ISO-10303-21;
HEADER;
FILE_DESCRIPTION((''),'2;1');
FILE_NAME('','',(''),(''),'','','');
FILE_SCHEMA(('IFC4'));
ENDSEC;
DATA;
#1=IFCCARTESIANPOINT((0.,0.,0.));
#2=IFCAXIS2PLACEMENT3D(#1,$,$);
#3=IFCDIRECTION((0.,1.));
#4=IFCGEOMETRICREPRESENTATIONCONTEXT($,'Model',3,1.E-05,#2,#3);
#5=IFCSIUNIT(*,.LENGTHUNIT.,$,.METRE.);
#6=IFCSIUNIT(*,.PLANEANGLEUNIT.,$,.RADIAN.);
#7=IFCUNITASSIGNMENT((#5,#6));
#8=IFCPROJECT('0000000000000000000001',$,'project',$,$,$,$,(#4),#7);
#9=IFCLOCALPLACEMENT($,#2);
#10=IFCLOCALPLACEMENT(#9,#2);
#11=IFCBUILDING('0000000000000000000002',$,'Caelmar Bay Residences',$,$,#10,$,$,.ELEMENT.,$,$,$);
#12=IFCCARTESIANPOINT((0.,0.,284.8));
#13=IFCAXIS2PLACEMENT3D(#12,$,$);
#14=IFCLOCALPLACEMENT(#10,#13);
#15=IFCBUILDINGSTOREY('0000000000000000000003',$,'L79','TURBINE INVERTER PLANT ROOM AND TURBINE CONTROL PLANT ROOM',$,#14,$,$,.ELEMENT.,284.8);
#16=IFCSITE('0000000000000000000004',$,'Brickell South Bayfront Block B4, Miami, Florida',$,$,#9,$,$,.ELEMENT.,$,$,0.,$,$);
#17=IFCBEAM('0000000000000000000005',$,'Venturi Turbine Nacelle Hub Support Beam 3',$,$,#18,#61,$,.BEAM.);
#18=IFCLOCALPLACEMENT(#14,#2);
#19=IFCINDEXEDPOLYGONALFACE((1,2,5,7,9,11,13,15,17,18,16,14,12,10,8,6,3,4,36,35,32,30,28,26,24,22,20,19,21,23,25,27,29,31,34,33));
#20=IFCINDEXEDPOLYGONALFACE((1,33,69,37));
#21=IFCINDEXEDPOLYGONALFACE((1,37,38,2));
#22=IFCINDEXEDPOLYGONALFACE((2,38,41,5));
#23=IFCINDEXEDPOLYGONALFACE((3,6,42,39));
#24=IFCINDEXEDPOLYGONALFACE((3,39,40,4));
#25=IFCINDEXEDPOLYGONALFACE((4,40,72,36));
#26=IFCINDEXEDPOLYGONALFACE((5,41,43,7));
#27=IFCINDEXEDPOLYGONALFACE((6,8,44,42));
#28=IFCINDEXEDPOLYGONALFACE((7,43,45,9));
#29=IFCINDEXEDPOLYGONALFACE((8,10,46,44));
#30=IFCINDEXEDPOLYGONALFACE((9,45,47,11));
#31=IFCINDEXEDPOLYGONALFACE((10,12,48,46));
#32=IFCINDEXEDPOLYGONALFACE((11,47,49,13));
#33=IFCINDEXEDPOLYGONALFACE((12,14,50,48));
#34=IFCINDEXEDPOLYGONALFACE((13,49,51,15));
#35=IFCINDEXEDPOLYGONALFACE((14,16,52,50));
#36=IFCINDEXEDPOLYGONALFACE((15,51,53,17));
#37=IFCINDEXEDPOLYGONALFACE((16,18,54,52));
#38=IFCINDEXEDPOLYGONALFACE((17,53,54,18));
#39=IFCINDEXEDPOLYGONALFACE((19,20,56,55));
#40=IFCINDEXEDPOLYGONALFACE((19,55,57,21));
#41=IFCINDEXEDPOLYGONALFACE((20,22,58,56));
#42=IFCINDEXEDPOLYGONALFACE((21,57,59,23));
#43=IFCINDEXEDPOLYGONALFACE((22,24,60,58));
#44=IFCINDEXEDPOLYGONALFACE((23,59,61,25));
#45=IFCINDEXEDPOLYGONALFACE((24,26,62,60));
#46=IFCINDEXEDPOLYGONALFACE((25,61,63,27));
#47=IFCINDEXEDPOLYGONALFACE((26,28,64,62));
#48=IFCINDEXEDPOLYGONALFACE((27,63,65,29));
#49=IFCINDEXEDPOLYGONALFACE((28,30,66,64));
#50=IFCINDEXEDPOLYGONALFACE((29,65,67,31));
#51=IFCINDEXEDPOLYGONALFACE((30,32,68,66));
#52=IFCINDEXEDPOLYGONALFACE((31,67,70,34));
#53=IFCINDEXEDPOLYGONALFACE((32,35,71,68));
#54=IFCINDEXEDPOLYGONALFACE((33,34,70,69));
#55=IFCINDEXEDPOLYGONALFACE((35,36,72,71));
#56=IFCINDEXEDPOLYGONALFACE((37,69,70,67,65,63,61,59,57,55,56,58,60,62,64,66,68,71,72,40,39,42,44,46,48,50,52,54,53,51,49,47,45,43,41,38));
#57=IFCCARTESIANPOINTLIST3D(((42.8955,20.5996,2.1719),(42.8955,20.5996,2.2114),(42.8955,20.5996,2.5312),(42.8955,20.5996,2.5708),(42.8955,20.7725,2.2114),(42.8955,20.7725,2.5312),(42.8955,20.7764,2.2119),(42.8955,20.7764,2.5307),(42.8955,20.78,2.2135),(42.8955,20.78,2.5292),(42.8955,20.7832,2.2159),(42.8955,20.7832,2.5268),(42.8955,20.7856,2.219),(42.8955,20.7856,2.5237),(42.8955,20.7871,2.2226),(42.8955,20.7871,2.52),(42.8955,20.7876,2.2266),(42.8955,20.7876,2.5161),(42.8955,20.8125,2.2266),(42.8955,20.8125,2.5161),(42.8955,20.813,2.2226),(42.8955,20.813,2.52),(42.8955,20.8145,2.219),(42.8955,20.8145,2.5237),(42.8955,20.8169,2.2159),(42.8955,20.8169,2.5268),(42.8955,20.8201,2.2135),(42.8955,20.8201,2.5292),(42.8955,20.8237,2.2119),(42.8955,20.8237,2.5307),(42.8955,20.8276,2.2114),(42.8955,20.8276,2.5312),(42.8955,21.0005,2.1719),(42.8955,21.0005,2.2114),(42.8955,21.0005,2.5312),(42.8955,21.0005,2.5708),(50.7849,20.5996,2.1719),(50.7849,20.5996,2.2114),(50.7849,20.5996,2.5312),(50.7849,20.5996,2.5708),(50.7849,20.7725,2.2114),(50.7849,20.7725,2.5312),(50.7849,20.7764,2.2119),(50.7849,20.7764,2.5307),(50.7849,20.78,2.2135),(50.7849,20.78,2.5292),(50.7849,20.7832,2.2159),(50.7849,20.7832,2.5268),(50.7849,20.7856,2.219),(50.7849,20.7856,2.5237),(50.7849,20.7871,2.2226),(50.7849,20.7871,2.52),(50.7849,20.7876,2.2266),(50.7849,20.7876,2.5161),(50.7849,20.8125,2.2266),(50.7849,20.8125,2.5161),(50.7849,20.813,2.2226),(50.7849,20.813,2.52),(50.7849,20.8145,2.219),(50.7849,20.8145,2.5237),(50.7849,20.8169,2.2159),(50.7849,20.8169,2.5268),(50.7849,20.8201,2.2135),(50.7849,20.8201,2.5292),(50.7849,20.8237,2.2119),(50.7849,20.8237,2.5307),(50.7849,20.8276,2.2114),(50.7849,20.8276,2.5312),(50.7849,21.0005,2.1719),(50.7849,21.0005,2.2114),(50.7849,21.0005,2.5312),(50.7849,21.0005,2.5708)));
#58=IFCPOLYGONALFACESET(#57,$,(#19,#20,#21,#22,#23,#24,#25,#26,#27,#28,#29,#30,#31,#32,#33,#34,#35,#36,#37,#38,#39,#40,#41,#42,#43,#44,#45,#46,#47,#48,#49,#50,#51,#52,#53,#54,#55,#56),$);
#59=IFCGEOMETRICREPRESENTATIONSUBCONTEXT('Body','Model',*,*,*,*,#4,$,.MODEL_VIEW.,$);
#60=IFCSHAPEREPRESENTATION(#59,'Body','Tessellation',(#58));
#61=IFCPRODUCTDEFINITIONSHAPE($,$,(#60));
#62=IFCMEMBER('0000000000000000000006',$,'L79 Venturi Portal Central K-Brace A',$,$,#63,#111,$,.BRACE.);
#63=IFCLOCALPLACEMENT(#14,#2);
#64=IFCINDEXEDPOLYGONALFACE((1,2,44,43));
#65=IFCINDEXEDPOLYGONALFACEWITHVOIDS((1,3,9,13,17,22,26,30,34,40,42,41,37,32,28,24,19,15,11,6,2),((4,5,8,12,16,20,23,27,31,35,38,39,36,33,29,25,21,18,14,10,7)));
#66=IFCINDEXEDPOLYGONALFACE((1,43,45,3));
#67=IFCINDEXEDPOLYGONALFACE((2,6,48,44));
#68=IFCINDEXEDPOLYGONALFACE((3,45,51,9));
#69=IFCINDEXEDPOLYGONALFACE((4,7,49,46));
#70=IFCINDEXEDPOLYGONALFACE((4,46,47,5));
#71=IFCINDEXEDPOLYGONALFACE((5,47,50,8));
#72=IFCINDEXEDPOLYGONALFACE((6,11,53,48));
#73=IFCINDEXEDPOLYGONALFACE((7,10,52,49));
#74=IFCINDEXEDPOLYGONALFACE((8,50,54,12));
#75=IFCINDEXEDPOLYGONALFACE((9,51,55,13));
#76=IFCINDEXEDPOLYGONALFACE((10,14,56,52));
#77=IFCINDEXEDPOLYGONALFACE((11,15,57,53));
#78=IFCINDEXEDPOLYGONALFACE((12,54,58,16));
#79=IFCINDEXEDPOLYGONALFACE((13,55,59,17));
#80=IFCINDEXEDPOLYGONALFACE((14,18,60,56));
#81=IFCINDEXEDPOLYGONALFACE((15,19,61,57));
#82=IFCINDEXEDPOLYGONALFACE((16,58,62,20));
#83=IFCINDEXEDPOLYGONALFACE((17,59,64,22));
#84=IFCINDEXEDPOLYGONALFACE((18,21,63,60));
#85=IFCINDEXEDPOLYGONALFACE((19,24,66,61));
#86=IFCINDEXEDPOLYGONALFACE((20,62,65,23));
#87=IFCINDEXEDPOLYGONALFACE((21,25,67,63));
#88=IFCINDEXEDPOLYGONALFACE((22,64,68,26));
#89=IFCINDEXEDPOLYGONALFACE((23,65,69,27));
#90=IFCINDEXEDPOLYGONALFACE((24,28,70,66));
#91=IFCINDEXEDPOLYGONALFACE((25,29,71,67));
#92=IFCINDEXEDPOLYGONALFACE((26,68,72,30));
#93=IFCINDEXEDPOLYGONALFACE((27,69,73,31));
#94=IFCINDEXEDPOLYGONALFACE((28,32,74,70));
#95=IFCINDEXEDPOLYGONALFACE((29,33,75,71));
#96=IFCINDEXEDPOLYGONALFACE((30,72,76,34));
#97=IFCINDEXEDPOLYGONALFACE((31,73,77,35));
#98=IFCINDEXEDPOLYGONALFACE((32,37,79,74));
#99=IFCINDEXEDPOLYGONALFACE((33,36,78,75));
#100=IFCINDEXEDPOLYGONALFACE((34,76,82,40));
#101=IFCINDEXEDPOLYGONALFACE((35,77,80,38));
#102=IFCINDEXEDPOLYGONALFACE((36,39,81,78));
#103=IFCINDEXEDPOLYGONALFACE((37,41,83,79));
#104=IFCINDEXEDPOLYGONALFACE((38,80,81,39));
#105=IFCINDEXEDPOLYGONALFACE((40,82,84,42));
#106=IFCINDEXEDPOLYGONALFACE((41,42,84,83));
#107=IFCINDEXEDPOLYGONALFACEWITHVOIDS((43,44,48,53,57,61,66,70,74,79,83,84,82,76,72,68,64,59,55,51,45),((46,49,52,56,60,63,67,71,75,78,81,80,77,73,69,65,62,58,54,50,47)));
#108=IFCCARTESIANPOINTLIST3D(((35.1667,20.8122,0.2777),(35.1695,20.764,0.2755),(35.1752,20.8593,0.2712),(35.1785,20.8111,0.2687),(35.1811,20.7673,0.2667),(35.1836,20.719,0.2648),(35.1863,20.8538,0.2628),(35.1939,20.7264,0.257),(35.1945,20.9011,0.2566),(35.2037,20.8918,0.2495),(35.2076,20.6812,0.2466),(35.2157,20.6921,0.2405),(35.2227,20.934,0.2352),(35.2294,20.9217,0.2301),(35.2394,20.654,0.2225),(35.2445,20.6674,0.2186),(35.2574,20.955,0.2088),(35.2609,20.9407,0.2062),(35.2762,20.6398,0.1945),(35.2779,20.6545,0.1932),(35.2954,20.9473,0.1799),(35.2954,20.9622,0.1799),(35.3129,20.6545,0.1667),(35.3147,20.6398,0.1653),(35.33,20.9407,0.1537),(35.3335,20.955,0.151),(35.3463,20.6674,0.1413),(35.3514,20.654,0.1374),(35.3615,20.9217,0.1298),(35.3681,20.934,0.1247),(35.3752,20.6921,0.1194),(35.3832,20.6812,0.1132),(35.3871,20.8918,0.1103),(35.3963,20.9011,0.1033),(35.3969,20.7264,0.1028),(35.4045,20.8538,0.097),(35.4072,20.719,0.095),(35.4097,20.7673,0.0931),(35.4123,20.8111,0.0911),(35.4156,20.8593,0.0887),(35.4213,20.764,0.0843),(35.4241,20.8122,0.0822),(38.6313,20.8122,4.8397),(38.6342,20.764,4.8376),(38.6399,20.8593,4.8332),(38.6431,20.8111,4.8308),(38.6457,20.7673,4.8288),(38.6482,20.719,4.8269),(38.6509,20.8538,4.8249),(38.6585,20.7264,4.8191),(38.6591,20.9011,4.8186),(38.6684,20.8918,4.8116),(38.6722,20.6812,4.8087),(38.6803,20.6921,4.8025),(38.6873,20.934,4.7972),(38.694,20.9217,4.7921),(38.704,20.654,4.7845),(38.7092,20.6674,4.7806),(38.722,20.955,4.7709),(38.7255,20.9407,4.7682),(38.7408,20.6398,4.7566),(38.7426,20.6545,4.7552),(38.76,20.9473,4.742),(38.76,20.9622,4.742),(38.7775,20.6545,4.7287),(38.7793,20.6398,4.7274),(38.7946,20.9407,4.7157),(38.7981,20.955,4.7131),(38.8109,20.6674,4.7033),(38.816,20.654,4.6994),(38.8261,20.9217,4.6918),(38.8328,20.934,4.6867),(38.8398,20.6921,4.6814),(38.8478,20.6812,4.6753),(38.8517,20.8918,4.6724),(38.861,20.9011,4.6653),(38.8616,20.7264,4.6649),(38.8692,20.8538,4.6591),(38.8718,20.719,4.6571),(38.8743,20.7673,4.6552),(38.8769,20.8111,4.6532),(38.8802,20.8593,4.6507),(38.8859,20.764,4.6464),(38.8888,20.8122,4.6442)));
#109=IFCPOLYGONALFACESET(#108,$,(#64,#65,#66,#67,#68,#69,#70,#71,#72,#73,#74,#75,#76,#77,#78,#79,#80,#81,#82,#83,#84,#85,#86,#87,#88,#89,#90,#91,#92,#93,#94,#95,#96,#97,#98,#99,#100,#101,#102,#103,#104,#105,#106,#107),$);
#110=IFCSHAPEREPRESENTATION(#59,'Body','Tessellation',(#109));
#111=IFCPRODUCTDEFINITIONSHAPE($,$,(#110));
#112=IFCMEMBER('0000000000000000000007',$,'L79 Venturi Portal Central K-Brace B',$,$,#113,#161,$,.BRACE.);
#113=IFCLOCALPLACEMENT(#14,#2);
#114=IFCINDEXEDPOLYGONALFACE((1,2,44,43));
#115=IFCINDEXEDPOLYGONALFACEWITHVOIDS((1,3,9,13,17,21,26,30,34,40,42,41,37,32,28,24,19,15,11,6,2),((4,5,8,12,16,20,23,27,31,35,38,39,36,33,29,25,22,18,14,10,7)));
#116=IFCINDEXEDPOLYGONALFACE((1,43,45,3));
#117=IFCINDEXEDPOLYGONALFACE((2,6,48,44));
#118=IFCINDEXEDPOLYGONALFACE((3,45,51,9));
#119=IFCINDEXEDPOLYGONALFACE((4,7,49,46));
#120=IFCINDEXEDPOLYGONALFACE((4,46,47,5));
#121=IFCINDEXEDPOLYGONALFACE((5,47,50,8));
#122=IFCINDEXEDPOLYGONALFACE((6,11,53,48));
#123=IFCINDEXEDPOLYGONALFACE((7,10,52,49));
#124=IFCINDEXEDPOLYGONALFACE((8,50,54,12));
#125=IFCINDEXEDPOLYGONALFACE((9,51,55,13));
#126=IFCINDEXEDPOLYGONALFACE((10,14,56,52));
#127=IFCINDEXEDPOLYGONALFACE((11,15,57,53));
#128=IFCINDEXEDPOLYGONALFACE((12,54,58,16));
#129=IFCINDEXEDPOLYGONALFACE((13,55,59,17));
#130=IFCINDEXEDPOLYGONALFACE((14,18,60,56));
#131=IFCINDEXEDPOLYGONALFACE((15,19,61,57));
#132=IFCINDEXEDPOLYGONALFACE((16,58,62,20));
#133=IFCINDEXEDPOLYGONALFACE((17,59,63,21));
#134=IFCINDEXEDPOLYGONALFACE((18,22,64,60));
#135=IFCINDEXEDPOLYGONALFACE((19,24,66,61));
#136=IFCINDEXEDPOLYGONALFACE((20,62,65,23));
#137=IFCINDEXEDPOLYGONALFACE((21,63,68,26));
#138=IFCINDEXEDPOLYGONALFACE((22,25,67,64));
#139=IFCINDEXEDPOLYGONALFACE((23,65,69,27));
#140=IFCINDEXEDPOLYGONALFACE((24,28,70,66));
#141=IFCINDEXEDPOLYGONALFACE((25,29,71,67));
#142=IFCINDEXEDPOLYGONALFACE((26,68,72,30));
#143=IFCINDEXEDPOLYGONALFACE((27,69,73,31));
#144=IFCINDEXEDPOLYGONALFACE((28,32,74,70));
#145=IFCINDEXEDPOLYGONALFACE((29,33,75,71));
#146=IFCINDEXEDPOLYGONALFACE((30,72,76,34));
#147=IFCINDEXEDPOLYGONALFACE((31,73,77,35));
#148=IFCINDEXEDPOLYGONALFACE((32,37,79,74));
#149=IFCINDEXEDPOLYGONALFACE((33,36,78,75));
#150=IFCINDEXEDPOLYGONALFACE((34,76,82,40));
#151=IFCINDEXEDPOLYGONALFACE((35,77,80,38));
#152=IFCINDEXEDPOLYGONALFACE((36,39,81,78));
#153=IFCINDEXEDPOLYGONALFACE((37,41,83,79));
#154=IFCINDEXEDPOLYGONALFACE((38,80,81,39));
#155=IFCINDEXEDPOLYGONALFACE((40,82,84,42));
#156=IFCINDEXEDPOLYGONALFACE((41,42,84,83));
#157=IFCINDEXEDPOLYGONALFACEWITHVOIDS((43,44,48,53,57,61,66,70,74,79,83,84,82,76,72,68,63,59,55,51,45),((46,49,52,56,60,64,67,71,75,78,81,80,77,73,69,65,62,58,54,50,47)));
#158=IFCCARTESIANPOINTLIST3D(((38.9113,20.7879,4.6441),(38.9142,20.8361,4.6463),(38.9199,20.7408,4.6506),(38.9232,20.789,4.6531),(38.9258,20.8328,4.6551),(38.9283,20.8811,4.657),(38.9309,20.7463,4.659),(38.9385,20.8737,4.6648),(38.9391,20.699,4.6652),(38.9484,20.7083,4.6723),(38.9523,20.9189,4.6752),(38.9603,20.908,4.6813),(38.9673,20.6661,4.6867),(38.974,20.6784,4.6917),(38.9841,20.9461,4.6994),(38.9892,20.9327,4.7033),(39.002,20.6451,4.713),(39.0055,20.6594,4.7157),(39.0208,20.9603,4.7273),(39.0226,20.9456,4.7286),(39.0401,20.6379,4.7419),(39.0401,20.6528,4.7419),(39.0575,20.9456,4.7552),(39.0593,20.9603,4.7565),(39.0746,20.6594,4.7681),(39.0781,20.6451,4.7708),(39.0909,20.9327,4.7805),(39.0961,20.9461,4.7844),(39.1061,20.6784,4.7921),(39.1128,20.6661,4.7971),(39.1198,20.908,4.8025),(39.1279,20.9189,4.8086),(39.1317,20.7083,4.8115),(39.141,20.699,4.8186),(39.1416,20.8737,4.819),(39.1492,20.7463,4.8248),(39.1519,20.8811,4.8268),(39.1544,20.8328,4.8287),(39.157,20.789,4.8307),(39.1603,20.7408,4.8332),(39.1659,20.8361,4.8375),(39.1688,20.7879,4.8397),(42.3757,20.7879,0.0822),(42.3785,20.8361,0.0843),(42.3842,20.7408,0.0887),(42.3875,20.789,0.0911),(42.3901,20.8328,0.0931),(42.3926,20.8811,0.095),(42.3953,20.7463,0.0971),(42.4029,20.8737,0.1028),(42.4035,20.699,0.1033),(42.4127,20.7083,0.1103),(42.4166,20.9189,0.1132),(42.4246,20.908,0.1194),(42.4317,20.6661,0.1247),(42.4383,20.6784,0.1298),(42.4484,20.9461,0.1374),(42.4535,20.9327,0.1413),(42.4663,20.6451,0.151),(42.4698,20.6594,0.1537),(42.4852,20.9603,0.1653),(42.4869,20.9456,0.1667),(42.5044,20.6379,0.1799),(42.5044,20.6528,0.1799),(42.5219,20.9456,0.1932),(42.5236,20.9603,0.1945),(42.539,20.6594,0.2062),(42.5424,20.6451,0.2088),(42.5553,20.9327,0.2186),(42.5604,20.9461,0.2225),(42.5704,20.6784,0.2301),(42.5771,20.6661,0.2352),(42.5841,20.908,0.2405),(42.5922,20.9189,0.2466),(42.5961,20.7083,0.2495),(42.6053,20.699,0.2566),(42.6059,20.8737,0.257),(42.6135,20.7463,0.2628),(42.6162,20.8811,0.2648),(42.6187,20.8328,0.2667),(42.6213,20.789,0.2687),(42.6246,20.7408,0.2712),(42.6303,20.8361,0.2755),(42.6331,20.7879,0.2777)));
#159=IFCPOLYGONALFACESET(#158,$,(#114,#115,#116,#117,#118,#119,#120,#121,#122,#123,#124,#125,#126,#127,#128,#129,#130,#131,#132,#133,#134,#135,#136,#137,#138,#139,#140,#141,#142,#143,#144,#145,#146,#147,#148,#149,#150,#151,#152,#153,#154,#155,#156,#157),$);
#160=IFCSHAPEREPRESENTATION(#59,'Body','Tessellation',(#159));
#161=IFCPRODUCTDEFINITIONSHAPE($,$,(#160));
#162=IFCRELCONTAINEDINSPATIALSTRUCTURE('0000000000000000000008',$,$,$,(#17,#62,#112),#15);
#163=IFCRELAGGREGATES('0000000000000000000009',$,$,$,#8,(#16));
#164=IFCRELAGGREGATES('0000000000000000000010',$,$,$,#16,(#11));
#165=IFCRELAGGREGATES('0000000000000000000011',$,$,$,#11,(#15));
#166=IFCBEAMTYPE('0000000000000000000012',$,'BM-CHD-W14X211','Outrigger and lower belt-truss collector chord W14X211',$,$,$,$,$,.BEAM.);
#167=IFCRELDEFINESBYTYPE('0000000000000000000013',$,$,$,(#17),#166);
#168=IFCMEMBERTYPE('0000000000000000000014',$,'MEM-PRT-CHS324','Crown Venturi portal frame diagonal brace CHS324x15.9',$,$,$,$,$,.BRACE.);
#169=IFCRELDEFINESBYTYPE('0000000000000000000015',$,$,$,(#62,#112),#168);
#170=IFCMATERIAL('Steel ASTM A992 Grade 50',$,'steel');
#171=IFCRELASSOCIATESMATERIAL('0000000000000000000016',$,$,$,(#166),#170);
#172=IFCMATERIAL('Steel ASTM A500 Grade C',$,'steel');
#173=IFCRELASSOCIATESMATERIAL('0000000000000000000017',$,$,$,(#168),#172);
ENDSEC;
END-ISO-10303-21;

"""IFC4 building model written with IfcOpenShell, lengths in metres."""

from ifc_helpers import new_model, si_unit, direction, frame, origin, origin_2d, place, context, subcontext, project, spatial, hollow_circle, i_section, extrude, material, material_profile, profile_set, type_object, element, save


model = new_model("IFC4")

# Units and contexts
model_context = context("Model", 3, precision=1e-05, world=origin(), true_north=direction((0.0, 1.0)))
body_context = subcontext(model_context, "Body", "Model", "MODEL_VIEW")
ifc_project = project(units=[si_unit("LENGTHUNIT", "METRE"), si_unit("PLANEANGLEUNIT", "RADIAN")], contexts=[model_context])

# Site, building, storey
site_placement = place(None, origin())
site = spatial("IfcSite", under=ifc_project, at=site_placement, Name="Brickell South Bayfront Block B4, Miami, Florida", CompositionType="ELEMENT", RefElevation=0.0)
building_placement = place(site_placement, origin())
building = spatial("IfcBuilding", under=site, at=building_placement, Name="Caelmar Bay Residences", CompositionType="ELEMENT")
storey_placement = place(building_placement, frame((0.0, 0.0, 284.8)))
storey = spatial("IfcBuildingStorey", under=building, at=storey_placement, Name="L79", Description="TURBINE INVERTER PLANT ROOM AND TURBINE CONTROL PLANT ROOM", CompositionType="ELEMENT", Elevation=284.8)

# Shared definitions
ifc_material_1 = material(Name="Steel ASTM A992 Grade 50", Category="steel")

# Beam
ifc_material_profile_1 = material_profile(ifc_material_1, i_section(OverallWidth=0.4009, OverallDepth=0.3989, WebThickness=0.0249, FlangeThickness=0.0396, FilletRadius=0.0151, at=origin_2d()), Name="W14X211")
ifc_profile_set_1 = profile_set([ifc_material_profile_1], Name="Steel ASTM A992 Grade 50")
beam_type_1 = type_object("IfcBeamType", Name="BM-CHD-W14X211", Description="Outrigger and lower belt-truss collector chord W14X211", PredefinedType="BEAM", material=ifc_profile_set_1)
beam_1_placement = place(storey_placement, frame((42.8955, 20.8, 2.3713), z_axis=(1.0, 0.0, 0.0), x_axis=(0.0, 1.0, 0.0)))
element("IfcBeam", 1, at=beam_1_placement, inside=storey, type_object=beam_type_1, Name="Venturi Turbine Nacelle Hub Support Beam 3", PredefinedType="BEAM", context=body_context, shape_type="SweptSolid", body=[
    extrude(i_section(OverallWidth=0.4009, OverallDepth=0.3989, WebThickness=0.0249, FlangeThickness=0.0396, FilletRadius=0.0151, at=origin_2d()), origin(), (0.0, 0.0, 1.0), 7.8894),
])

# Members
ifc_material_2 = material(Name="Steel ASTM A500 Grade C", Category="steel")
ifc_material_profile_2 = material_profile(ifc_material_2, hollow_circle(Radius=0.1621, WallThickness=0.0149, at=origin_2d()), Name="CHS324X15.9")
ifc_profile_set_2 = profile_set([ifc_material_profile_2], Name="Steel ASTM A500 Grade C")
member_type_1 = type_object("IfcMemberType", Name="MEM-PRT-CHS324", Description="Crown Venturi portal frame diagonal brace CHS324x15.9", PredefinedType="BRACE", material=ifc_profile_set_2)
member_1_placement = place(storey_placement, frame((35.2954, 20.8, 0.1799), z_axis=(0.604803, 0.0, 0.796375), x_axis=(0.0, 1.0, 0.0)))
element("IfcMember", 2, at=member_1_placement, inside=storey, type_object=member_type_1, Name="L79 Venturi Portal Central K-Brace A", PredefinedType="BRACE", context=body_context, shape_type="SweptSolid", body=[
    extrude(hollow_circle(Radius=0.1621, WallThickness=0.0149, at=origin_2d()), origin(), (0.0, 0.0, 1.0), 5.7285),
])
member_2_placement = place(storey_placement, frame((42.5044, 20.8, 0.1799), z_axis=(-0.604776, 0.0, 0.796395), x_axis=(0.0, -1.0, 0.0)))
element("IfcMember", 3, at=member_2_placement, inside=storey, type_object=member_type_1, Name="L79 Venturi Portal Central K-Brace B", PredefinedType="BRACE", context=body_context, shape_type="SweptSolid", body=[
    extrude(hollow_circle(Radius=0.1621, WallThickness=0.0149, at=origin_2d()), origin(), (0.0, 0.0, 1.0), 5.7283),
])

save(model, "model.ifc")
